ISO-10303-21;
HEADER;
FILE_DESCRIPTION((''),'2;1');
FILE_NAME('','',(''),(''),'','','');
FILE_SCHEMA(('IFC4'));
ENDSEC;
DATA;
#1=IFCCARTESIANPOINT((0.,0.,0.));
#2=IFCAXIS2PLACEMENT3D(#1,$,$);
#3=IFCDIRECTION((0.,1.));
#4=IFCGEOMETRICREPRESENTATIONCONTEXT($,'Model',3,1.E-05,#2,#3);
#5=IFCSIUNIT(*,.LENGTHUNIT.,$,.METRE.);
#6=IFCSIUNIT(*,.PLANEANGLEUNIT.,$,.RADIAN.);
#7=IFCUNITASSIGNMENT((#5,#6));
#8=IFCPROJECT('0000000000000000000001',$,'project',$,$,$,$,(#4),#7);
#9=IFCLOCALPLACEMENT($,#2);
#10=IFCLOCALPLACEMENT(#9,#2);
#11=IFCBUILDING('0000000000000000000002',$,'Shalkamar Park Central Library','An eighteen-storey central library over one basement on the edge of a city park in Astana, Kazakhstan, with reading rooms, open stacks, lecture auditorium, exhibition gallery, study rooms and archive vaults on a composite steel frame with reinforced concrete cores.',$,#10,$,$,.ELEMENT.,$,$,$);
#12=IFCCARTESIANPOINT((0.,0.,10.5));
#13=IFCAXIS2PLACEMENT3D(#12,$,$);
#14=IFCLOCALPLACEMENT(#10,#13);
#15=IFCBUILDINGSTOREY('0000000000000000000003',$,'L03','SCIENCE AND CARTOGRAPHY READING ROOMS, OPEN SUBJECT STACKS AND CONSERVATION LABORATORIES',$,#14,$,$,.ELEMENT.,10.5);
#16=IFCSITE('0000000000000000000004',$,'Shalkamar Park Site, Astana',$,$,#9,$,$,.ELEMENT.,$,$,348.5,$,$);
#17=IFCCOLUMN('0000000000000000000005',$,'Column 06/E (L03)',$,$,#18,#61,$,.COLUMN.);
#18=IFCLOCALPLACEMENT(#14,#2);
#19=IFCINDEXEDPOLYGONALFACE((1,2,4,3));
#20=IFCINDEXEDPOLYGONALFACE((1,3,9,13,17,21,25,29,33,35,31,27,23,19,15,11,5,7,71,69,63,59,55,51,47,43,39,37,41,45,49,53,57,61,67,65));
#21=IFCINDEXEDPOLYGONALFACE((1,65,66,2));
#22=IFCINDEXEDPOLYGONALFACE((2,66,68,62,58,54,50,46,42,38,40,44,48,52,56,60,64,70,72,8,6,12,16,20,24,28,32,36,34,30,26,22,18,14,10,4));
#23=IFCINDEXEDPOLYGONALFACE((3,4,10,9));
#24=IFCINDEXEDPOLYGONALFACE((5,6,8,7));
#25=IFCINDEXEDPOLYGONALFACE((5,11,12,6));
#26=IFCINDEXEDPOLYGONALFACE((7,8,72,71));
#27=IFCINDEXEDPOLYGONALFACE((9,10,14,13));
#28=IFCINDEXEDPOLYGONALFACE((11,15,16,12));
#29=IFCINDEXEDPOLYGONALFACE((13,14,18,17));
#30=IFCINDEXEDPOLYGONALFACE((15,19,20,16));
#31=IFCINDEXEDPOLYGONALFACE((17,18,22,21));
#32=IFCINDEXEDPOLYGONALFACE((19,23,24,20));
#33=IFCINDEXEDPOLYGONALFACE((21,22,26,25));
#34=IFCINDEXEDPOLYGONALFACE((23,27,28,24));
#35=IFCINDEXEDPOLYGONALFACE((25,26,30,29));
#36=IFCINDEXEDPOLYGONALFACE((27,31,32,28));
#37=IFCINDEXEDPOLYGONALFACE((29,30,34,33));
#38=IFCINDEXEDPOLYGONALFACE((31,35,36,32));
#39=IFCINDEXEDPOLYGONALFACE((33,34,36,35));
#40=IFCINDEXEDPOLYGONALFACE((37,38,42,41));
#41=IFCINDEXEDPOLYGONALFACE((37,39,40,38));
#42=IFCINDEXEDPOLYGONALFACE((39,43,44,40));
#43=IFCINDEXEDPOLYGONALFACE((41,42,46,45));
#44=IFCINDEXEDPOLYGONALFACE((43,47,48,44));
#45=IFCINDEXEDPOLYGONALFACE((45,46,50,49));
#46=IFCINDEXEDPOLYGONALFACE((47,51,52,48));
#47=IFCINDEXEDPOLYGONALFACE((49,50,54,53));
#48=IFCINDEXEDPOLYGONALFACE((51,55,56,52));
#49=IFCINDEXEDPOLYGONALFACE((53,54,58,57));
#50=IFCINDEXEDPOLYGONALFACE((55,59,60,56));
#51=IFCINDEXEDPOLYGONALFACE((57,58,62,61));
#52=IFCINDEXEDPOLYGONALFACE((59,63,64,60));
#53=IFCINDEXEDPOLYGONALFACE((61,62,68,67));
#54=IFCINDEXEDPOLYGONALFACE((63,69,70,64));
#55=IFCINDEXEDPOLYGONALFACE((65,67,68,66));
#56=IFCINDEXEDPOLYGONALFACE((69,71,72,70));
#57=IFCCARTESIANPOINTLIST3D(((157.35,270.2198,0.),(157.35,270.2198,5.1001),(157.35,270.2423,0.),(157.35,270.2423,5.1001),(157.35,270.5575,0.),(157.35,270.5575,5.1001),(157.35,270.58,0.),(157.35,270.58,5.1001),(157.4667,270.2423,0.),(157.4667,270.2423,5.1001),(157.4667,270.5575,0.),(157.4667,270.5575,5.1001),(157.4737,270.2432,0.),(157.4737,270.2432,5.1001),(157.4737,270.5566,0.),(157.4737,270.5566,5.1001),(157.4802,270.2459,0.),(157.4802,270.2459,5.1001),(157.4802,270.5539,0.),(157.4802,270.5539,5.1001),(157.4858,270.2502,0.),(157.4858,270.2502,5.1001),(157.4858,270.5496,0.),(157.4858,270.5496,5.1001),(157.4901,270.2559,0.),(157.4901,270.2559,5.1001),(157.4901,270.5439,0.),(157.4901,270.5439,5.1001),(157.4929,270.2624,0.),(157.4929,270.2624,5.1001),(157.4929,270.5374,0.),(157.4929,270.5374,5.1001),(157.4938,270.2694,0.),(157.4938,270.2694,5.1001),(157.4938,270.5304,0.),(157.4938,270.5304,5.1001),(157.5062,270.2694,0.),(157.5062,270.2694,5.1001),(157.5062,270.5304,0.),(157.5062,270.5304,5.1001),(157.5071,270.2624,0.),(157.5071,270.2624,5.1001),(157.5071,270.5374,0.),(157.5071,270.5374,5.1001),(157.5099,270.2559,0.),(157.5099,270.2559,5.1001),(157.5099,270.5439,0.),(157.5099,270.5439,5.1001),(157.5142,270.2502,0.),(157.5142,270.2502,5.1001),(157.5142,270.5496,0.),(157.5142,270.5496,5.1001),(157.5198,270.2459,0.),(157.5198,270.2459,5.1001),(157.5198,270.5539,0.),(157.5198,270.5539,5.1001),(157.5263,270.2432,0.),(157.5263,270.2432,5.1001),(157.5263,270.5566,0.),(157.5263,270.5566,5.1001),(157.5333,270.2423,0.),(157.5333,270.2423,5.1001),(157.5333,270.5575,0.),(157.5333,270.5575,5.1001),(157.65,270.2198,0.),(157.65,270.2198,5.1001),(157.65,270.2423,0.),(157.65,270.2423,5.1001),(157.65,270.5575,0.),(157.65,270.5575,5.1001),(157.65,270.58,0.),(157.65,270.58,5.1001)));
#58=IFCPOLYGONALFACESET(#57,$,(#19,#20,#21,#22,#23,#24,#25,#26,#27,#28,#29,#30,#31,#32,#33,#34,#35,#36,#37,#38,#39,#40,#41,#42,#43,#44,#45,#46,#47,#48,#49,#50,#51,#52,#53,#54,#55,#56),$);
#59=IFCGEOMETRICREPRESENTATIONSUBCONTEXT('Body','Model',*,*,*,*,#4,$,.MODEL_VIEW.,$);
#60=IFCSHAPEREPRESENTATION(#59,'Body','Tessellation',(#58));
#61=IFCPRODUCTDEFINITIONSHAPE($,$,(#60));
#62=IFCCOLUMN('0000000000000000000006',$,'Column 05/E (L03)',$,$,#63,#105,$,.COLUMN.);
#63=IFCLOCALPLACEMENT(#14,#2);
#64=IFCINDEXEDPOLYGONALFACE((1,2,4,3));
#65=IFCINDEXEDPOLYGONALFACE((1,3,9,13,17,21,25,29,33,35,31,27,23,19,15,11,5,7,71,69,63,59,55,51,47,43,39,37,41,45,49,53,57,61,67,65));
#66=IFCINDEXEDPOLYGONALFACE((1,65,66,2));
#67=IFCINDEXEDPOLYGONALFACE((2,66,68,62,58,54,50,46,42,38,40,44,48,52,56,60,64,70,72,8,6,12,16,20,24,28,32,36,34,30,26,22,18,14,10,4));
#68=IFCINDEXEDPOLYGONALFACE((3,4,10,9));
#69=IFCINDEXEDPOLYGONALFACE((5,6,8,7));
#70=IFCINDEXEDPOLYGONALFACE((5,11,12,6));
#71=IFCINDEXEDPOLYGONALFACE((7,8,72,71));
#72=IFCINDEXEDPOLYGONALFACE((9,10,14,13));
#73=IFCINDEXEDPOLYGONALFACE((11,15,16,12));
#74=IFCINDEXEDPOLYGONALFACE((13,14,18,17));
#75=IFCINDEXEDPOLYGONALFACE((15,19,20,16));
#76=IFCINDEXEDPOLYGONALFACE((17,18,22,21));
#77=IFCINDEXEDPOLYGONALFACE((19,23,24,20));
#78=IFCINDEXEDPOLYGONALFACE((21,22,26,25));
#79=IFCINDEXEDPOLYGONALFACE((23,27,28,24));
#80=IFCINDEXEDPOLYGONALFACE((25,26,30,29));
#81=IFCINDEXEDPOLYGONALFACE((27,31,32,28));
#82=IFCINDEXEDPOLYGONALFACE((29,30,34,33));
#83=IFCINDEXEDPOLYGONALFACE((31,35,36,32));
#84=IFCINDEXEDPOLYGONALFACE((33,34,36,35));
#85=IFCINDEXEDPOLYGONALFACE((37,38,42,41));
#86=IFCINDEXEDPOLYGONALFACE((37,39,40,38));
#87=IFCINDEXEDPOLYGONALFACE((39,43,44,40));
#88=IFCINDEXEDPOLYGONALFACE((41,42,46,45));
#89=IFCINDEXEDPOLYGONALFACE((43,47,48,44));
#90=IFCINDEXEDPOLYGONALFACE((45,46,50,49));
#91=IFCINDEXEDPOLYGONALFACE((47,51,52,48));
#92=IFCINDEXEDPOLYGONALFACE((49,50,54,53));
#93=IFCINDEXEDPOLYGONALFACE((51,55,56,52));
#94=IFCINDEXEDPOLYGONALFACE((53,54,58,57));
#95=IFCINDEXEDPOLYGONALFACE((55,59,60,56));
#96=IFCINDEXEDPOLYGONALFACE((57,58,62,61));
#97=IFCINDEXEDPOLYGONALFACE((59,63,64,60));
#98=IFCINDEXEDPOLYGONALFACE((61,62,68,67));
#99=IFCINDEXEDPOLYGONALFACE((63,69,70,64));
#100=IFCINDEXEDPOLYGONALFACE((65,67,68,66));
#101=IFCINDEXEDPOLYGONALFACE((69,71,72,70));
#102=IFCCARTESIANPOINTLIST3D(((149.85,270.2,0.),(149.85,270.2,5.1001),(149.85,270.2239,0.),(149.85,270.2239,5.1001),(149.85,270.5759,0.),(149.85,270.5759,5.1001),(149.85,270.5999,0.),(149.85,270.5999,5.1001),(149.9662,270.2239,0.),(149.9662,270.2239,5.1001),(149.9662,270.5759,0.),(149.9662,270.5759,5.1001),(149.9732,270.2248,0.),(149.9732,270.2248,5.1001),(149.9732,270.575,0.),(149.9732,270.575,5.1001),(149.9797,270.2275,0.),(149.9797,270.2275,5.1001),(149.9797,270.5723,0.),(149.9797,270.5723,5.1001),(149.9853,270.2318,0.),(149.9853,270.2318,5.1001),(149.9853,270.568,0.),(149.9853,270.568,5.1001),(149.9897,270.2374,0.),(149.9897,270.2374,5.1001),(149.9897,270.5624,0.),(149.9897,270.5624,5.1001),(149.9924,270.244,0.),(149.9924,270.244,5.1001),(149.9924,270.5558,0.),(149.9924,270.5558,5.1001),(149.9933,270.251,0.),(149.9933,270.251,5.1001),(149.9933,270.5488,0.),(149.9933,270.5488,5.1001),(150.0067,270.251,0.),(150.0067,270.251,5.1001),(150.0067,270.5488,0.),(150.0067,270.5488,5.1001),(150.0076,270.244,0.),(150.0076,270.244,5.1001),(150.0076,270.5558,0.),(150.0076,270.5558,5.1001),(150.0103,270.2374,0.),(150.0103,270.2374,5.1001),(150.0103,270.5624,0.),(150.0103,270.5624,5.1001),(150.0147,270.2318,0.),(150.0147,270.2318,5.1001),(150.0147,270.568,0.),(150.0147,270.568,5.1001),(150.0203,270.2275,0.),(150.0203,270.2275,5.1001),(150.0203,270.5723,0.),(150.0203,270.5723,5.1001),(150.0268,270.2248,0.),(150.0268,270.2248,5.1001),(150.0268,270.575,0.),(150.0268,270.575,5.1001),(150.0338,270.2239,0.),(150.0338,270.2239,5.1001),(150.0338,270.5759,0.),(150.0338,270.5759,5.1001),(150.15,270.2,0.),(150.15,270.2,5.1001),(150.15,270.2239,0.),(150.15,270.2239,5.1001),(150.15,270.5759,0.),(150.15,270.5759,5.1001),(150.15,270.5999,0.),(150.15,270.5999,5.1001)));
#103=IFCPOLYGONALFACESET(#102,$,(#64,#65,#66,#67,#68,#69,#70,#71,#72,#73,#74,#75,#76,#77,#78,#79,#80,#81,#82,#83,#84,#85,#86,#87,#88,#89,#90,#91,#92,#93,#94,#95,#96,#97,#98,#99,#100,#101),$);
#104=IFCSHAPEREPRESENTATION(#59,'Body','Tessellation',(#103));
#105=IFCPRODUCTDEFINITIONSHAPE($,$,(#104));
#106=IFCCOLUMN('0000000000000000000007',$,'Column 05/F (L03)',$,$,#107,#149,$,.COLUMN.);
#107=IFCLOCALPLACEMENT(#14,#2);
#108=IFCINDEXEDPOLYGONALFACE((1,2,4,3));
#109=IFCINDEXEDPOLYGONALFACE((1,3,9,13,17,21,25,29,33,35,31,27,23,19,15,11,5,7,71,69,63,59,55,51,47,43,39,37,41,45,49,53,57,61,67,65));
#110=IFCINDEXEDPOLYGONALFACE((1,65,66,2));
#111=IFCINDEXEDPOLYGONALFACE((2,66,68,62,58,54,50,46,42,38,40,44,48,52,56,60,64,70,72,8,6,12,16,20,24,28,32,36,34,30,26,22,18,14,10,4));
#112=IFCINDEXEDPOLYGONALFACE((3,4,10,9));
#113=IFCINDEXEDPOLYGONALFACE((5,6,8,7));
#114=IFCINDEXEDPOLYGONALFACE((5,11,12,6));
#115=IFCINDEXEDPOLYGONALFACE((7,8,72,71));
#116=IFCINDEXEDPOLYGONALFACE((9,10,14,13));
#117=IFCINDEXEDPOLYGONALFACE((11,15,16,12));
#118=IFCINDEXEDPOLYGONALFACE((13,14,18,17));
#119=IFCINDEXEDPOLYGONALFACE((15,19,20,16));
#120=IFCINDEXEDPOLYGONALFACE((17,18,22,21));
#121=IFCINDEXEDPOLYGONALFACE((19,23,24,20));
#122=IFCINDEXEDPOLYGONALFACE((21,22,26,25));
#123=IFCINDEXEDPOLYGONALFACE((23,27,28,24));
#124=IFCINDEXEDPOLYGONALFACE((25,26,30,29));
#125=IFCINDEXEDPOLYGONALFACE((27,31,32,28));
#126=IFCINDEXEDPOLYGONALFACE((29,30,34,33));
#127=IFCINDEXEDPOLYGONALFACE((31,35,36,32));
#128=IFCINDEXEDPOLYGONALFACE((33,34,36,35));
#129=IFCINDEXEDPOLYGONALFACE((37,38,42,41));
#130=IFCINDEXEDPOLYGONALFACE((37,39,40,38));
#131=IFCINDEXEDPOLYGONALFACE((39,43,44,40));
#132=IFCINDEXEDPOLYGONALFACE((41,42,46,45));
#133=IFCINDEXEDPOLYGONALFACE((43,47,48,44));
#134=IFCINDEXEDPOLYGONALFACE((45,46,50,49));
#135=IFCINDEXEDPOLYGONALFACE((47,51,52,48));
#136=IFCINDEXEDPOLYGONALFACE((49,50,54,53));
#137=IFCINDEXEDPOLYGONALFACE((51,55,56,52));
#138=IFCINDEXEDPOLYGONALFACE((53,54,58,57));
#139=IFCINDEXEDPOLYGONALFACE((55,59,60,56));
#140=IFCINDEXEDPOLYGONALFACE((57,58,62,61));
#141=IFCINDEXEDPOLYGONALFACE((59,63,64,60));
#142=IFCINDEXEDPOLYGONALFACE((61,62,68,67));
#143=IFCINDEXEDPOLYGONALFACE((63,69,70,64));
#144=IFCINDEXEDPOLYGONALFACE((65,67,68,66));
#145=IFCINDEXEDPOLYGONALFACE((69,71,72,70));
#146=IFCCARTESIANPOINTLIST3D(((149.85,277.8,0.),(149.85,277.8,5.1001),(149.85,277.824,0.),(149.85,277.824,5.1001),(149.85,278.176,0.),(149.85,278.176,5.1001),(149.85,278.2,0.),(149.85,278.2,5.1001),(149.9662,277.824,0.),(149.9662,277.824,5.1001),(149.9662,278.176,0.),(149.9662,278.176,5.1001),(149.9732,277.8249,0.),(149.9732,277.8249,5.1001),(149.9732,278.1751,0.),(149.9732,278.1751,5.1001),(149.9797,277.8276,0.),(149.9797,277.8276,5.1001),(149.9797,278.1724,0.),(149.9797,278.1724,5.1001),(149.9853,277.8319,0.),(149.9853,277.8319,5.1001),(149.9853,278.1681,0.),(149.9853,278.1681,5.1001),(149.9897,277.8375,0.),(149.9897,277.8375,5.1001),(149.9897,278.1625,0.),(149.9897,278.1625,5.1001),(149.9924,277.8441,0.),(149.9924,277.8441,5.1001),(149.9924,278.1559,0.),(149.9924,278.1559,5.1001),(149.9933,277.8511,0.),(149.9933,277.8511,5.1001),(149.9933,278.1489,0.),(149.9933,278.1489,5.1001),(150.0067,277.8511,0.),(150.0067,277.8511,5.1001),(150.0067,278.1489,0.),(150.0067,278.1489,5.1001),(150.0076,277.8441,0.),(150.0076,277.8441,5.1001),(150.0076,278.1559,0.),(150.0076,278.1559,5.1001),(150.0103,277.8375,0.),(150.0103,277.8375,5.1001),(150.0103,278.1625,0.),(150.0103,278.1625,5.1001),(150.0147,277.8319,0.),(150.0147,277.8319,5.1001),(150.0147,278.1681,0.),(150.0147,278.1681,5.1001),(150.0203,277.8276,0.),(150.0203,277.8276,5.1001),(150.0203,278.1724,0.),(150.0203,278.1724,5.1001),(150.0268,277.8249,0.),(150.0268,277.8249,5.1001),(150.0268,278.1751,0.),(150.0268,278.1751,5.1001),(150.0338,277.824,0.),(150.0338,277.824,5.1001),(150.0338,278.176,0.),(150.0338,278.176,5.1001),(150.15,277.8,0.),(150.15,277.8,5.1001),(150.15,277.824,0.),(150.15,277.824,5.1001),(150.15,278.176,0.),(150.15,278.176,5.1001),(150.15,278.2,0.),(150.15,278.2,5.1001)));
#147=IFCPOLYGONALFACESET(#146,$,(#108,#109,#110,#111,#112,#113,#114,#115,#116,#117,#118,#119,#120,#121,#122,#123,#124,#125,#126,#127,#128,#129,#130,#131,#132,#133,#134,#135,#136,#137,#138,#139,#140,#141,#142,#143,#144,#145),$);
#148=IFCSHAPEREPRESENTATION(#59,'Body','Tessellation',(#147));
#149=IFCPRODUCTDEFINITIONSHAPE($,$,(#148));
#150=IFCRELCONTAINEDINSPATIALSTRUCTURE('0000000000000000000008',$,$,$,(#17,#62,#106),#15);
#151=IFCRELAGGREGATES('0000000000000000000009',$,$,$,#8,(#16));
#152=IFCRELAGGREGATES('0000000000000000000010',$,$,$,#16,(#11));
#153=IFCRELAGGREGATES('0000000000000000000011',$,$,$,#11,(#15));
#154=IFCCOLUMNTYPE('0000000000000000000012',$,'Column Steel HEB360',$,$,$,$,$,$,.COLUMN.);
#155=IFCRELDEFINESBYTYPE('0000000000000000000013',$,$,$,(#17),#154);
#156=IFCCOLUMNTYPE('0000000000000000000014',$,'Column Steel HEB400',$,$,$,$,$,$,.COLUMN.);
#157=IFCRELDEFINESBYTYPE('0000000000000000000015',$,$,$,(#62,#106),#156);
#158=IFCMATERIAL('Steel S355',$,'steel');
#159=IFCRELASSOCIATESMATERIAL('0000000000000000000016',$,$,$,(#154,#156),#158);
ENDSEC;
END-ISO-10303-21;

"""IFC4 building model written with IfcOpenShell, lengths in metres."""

from ifc_helpers import new_model, si_unit, direction, frame, origin, origin_2d, place, context, subcontext, project, spatial, i_section, extrude, material, material_profile, profile_set, type_object, element, save


model = new_model("IFC4")

# Units and contexts
model_context = context("Model", 3, precision=1e-05, world=origin(), true_north=direction((0.0, 1.0)))
body_context = subcontext(model_context, "Body", "Model", "MODEL_VIEW")
ifc_project = project(units=[si_unit("LENGTHUNIT", "METRE"), si_unit("PLANEANGLEUNIT", "RADIAN")], contexts=[model_context])

# Site, building, storey
site_placement = place(None, origin())
site = spatial("IfcSite", under=ifc_project, at=site_placement, Name="Shalkamar Park Site, Astana", CompositionType="ELEMENT", RefElevation=348.5)
building_placement = place(site_placement, origin())
building = spatial("IfcBuilding", under=site, at=building_placement, Name="Shalkamar Park Central Library", Description="An eighteen-storey central library over one basement on the edge of a city park in Astana, Kazakhstan, with reading rooms, open stacks, lecture auditorium, exhibition gallery, study rooms and archive vaults on a composite steel frame with reinforced concrete cores.", CompositionType="ELEMENT")
storey_placement = place(building_placement, frame((0.0, 0.0, 10.5)))
storey = spatial("IfcBuildingStorey", under=building, at=storey_placement, Name="L03", Description="SCIENCE AND CARTOGRAPHY READING ROOMS, OPEN SUBJECT STACKS AND CONSERVATION LABORATORIES", CompositionType="ELEMENT", Elevation=10.5)

# Columns
ifc_material_1 = material(Name="Steel S355", Category="steel")
ifc_material_profile_1 = material_profile(ifc_material_1, i_section(OverallWidth=0.3, OverallDepth=0.3601, WebThickness=0.0125, FlangeThickness=0.0225, FilletRadius=0.0271, at=origin_2d()), Name="HEB 360")
ifc_profile_set_1 = profile_set([ifc_material_profile_1], Name="Steel S355")
column_type_1 = type_object("IfcColumnType", Name="Column Steel HEB360", PredefinedType="COLUMN", material=ifc_profile_set_1)
column_placement = place(storey_placement, frame((157.5, 270.3999, 0.0), z_axis=(0.0, 0.0, 1.0), x_axis=(1.0, 0.0, 0.0)))
element("IfcColumn", 1, at=column_placement, inside=storey, type_object=column_type_1, Name="Column 06/E (L03)", PredefinedType="COLUMN", context=body_context, shape_type="SweptSolid", body=[
    extrude(i_section(OverallWidth=0.3, OverallDepth=0.3601, WebThickness=0.0125, FlangeThickness=0.0225, FilletRadius=0.0271, at=origin_2d()), origin(), (0.0, 0.0, 1.0), 5.1001),
])
ifc_material_profile_2 = material_profile(ifc_material_1, i_section(OverallWidth=0.3, OverallDepth=0.3999, WebThickness=0.0134, FlangeThickness=0.0239, FilletRadius=0.0271, at=origin_2d()), Name="HEB 400")
ifc_profile_set_2 = profile_set([ifc_material_profile_2], Name="Steel S355")
column_type_2 = type_object("IfcColumnType", Name="Column Steel HEB400", PredefinedType="COLUMN", material=ifc_profile_set_2)
for number, where, z_axis, x_axis, name in (
    (2, (150.0, 270.3999, 0.0), (0.0, 0.0, 1.0), (1.0, 0.0, 0.0), "Column 05/E (L03)"),
    (3, (150.0, 278.0, 0.0), (0.0, 0.0, 1.0), (1.0, 0.0, 0.0), "Column 05/F (L03)"),
):
    element("IfcColumn", number, at=place(storey_placement, frame(where, z_axis=z_axis, x_axis=x_axis)), inside=storey, type_object=column_type_2, Name=name, PredefinedType="COLUMN", context=body_context, shape_type="SweptSolid", body=[
        extrude(i_section(OverallWidth=0.3, OverallDepth=0.3999, WebThickness=0.0134, FlangeThickness=0.0239, FilletRadius=0.0271, at=origin_2d()), origin(), (0.0, 0.0, 1.0), 5.1001),
    ])

save(model, "model.ifc")
